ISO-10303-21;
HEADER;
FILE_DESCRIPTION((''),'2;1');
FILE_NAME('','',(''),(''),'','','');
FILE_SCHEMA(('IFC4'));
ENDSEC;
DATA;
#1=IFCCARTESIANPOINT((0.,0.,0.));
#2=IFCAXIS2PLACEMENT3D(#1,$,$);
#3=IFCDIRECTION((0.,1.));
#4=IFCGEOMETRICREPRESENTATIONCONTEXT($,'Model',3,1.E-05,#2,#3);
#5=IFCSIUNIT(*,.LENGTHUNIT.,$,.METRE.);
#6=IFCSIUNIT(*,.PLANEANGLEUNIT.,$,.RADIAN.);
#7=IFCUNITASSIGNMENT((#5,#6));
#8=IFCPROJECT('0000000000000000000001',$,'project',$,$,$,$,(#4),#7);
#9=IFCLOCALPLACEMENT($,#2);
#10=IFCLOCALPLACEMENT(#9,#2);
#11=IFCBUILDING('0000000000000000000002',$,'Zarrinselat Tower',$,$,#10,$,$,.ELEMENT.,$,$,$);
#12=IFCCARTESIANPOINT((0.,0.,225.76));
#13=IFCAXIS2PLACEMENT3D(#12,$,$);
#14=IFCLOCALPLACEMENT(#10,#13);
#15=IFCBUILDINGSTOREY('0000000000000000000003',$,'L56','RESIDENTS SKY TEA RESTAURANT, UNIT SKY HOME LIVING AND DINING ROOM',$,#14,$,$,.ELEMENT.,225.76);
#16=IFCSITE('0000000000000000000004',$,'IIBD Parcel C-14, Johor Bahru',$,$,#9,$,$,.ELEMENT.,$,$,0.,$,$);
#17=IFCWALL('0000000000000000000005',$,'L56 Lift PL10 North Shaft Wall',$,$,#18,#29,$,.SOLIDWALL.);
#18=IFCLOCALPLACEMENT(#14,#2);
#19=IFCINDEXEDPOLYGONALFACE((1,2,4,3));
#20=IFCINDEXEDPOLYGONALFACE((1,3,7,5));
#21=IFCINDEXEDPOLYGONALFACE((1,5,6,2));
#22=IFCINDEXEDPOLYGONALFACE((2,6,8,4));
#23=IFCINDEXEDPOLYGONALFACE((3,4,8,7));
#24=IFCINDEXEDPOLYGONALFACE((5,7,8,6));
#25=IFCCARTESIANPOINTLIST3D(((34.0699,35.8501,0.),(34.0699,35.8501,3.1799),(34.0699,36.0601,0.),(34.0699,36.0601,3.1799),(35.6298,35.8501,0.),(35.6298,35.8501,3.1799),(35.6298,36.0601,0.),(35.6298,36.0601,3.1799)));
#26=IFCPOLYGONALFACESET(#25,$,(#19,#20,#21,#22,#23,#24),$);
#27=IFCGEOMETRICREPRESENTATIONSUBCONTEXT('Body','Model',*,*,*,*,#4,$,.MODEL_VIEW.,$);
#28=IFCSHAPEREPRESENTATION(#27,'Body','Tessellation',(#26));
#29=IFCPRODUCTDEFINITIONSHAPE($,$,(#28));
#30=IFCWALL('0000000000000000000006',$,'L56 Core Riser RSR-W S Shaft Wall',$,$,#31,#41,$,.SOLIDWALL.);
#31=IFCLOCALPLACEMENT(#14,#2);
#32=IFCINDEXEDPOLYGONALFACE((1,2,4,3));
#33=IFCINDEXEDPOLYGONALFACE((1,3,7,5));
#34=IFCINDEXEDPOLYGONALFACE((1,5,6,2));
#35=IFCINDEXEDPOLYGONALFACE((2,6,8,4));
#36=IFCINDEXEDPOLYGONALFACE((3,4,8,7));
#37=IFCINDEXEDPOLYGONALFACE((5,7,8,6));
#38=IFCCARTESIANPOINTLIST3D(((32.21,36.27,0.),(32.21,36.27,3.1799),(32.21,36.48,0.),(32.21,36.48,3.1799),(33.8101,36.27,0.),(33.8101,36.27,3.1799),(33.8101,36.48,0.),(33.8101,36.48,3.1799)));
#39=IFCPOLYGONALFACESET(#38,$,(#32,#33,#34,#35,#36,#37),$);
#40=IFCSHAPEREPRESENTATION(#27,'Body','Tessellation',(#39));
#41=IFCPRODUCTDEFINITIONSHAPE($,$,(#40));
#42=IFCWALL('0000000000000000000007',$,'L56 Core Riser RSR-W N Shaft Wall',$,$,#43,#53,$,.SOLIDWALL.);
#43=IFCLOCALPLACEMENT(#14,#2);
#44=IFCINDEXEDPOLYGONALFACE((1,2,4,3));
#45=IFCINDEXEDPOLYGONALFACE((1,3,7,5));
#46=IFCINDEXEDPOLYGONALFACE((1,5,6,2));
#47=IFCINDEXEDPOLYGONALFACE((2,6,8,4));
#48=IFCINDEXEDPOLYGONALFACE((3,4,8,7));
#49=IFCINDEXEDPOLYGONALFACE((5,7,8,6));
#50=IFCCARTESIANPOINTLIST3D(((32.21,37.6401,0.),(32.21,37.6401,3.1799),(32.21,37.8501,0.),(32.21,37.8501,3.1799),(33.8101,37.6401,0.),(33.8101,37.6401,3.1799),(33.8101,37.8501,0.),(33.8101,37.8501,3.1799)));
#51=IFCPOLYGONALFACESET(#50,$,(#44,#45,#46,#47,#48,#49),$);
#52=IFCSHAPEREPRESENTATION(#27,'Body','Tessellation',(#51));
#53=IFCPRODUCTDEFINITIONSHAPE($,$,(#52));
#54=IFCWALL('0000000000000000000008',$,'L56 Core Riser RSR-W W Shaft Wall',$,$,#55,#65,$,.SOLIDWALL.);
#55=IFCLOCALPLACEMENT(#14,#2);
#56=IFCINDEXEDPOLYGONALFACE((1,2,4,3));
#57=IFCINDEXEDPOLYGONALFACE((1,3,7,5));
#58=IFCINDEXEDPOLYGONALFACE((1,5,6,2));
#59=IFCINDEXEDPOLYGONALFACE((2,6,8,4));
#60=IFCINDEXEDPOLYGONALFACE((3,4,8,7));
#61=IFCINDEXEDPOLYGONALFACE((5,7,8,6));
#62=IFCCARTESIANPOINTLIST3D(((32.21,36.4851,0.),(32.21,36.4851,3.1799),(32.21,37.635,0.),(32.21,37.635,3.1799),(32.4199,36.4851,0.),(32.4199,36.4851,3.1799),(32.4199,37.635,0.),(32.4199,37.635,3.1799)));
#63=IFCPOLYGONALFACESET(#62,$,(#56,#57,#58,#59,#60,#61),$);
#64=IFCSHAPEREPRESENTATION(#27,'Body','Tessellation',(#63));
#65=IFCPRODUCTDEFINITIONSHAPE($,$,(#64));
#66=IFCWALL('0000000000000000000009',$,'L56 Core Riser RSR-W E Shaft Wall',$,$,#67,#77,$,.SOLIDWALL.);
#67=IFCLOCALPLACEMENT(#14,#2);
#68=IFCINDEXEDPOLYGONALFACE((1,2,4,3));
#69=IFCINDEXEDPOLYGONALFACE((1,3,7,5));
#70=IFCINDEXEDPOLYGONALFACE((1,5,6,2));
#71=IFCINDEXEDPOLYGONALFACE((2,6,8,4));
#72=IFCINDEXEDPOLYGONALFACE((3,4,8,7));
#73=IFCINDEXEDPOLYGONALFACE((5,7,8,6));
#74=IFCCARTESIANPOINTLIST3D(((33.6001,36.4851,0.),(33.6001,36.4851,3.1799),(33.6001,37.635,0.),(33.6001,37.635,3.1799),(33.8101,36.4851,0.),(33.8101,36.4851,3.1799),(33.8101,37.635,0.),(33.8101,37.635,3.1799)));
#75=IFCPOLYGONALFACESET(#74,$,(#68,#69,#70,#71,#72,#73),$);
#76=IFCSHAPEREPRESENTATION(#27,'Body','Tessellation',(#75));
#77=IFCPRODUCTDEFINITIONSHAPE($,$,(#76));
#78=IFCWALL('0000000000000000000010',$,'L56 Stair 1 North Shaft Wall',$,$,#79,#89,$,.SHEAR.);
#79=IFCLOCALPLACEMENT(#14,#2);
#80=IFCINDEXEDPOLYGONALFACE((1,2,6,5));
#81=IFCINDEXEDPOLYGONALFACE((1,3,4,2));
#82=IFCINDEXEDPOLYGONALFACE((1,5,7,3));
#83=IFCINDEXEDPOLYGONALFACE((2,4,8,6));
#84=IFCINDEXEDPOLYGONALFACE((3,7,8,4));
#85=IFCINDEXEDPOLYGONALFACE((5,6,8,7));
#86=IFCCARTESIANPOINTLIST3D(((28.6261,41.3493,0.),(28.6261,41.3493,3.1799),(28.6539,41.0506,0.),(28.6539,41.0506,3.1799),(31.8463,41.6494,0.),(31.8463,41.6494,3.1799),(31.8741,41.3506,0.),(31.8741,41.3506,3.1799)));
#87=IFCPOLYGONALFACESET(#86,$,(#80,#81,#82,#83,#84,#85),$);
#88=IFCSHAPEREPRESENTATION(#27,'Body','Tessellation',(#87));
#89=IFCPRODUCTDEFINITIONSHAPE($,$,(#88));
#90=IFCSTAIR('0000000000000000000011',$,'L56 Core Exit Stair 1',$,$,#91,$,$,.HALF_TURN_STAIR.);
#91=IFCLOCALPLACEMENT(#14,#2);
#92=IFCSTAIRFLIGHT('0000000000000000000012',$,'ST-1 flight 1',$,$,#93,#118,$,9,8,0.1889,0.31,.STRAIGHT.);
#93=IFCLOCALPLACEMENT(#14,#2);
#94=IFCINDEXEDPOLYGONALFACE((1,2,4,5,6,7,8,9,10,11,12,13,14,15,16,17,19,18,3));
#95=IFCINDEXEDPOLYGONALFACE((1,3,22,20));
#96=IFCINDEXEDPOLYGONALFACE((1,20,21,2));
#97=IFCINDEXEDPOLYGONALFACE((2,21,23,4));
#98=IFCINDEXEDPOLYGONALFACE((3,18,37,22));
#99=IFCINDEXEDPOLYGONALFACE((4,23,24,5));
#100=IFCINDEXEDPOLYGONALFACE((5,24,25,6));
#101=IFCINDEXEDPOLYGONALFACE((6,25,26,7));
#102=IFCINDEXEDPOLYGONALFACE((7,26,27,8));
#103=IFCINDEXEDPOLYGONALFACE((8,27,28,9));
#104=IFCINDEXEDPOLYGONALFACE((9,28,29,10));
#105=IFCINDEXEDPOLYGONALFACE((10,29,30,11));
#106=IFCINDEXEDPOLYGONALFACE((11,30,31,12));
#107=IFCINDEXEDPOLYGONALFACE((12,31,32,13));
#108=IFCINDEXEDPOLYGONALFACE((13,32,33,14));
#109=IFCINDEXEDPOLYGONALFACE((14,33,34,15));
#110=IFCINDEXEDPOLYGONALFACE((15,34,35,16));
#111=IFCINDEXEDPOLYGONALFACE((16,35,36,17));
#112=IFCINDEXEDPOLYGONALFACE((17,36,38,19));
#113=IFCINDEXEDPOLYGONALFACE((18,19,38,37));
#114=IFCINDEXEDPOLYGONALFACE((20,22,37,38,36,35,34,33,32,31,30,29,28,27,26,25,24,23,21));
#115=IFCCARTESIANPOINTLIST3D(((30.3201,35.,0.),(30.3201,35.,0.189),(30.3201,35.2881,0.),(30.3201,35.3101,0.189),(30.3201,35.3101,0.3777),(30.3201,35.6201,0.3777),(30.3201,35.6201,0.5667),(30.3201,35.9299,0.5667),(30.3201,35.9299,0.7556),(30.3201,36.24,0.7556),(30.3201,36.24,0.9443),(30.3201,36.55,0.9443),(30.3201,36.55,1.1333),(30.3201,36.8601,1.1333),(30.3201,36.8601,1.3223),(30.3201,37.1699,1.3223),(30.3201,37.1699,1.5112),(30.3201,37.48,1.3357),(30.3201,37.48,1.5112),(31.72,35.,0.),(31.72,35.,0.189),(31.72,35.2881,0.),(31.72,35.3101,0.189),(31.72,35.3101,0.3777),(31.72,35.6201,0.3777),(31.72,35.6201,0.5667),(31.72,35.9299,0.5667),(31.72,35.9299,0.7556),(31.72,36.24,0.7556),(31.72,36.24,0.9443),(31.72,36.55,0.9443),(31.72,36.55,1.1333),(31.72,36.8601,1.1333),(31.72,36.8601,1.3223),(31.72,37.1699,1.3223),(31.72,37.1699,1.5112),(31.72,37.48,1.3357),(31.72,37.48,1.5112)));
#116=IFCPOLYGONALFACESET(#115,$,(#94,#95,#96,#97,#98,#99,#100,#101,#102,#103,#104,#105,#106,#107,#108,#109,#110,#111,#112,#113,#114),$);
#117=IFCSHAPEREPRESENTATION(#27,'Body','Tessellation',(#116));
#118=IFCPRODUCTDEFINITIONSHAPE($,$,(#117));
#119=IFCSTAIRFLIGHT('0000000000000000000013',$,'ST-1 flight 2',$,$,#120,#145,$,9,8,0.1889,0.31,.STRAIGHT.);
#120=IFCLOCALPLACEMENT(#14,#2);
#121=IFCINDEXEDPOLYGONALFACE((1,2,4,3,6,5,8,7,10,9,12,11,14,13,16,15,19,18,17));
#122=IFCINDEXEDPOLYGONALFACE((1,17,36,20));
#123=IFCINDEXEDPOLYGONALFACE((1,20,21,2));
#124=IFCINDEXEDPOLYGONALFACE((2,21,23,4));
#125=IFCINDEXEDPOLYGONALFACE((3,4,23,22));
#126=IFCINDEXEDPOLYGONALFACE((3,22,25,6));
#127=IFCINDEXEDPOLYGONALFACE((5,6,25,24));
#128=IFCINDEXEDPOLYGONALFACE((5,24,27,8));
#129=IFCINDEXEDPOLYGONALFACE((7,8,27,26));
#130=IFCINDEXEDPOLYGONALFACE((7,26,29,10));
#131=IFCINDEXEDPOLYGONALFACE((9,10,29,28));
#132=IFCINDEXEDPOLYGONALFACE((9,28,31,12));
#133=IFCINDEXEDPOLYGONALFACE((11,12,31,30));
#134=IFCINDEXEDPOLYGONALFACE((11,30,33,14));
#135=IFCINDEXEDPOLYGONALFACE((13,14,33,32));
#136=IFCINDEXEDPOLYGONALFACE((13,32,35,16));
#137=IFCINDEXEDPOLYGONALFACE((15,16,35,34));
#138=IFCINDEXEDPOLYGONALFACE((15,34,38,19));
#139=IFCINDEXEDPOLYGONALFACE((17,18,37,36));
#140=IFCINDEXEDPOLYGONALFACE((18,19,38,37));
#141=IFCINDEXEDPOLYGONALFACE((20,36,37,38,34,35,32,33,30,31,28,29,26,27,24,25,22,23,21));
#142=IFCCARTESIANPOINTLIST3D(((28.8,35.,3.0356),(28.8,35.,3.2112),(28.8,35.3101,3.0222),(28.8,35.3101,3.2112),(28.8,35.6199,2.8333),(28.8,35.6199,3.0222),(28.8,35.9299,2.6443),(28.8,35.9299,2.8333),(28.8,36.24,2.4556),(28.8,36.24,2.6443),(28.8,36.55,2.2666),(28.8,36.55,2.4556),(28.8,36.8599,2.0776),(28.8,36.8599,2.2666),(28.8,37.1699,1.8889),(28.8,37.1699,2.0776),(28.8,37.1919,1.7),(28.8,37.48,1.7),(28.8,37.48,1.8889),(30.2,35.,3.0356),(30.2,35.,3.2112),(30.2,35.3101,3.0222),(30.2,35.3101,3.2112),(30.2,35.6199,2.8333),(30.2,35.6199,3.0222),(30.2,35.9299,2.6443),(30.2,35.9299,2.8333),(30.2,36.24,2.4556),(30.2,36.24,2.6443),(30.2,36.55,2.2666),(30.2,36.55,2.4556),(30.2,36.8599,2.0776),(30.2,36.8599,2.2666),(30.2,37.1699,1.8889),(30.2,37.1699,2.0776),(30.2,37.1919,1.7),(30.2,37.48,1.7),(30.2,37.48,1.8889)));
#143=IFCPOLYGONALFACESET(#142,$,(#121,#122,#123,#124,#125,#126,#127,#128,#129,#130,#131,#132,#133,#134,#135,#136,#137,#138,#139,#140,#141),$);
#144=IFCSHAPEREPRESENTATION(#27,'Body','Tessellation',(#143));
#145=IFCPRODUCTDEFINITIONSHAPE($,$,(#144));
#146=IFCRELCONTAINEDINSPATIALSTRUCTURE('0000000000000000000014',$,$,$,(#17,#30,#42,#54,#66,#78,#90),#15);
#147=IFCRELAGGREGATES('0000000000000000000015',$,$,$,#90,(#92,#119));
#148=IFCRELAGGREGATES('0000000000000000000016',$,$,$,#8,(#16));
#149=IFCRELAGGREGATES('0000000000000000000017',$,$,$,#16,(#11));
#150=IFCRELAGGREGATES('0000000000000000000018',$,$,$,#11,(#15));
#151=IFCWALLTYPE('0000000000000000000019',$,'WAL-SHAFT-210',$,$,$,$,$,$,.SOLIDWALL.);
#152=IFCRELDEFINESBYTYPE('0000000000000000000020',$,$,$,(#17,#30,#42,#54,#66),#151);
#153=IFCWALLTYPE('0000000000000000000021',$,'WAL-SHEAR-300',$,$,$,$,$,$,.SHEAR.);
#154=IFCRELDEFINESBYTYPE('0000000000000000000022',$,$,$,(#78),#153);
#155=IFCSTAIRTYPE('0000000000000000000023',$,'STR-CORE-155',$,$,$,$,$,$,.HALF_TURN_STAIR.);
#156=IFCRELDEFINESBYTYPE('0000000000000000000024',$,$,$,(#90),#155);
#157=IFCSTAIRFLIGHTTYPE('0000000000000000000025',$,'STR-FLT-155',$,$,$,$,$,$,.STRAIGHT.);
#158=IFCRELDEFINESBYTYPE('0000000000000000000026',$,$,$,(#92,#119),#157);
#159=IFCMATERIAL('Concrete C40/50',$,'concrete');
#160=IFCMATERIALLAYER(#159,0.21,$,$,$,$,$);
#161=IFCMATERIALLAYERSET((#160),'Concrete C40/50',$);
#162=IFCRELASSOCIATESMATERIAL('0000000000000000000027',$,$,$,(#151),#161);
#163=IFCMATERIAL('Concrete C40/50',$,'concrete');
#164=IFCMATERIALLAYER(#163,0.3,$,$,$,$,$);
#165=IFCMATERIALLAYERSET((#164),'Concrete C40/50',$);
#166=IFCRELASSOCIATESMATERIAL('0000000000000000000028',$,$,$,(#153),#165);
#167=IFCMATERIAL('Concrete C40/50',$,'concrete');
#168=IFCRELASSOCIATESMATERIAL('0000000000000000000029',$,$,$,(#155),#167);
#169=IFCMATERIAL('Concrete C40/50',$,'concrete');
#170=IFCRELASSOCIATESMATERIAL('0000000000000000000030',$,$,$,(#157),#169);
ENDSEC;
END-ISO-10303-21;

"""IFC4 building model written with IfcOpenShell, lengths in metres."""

from ifc_helpers import new_model, si_unit, direction, frame, frame_2d, origin, place, context, subcontext, project, spatial, polyline, rectangle, outline, extrude, material, layer, layer_set, type_object, element, aggregate, save


model = new_model("IFC4")

# Units and contexts
model_context = context("Model", 3, precision=1e-05, world=origin(), true_north=direction((0.0, 1.0)))
body_context = subcontext(model_context, "Body", "Model", "MODEL_VIEW")
ifc_project = project(units=[si_unit("LENGTHUNIT", "METRE"), si_unit("PLANEANGLEUNIT", "RADIAN")], contexts=[model_context])

# Site, building, storey
site_placement = place(None, origin())
site = spatial("IfcSite", under=ifc_project, at=site_placement, Name="IIBD Parcel C-14, Johor Bahru", CompositionType="ELEMENT", RefElevation=0.0)
building_placement = place(site_placement, origin())
building = spatial("IfcBuilding", under=site, at=building_placement, Name="Zarrinselat Tower", CompositionType="ELEMENT")
storey_placement = place(building_placement, frame((0.0, 0.0, 225.76)))
storey = spatial("IfcBuildingStorey", under=building, at=storey_placement, Name="L56", Description="RESIDENTS SKY TEA RESTAURANT, UNIT SKY HOME LIVING AND DINING ROOM", CompositionType="ELEMENT", Elevation=225.76)

# Walls
ifc_material_1 = material(Name="Concrete C40/50", Category="concrete")
ifc_layer_1 = layer(ifc_material_1, 0.21)
ifc_layer_set_1 = layer_set([ifc_layer_1], Name="Concrete C40/50")
wall_type_1 = type_object("IfcWallType", Name="WAL-SHAFT-210", PredefinedType="SOLIDWALL", material=ifc_layer_set_1)
wall_1_placement = place(storey_placement, frame((34.0701, 35.9551, 0.0), z_axis=(0.0, 0.0, 1.0), x_axis=(1.0, 0.0, 0.0)))
element("IfcWall", 1, at=wall_1_placement, inside=storey, type_object=wall_type_1, Name="L56 Lift PL10 North Shaft Wall", PredefinedType="SOLIDWALL", context=body_context, shape_type="SweptSolid", body=[
    extrude(rectangle(XDim=1.5598, YDim=0.21, at=frame_2d((0.7798, 0.0))), origin(), (0.0, 0.0, 1.0), 3.1799),
])
for number, where, z_axis, x_axis, name in (
    (2, (32.21, 36.375, 0.0), (0.0, 0.0, 1.0), (1.0, 0.0, 0.0), "L56 Core Riser RSR-W S Shaft Wall"),
    (3, (32.21, 37.7451, 0.0), (0.0, 0.0, 1.0), (1.0, 0.0, 0.0), "L56 Core Riser RSR-W N Shaft Wall"),
):
    element("IfcWall", number, at=place(storey_placement, frame(where, z_axis=z_axis, x_axis=x_axis)), inside=storey, type_object=wall_type_1, Name=name, PredefinedType="SOLIDWALL", context=body_context, shape_type="SweptSolid", body=[
        extrude(rectangle(XDim=1.6001, YDim=0.21, at=frame_2d((0.8, 0.0))), origin(), (0.0, 0.0, 1.0), 3.1799),
    ])
for number, where, z_axis, x_axis, name in (
    (4, (32.3149, 36.4851, 0.0), (0.0, 0.0, 1.0), (0.0, 1.0, 0.0), "L56 Core Riser RSR-W W Shaft Wall"),
    (5, (33.7051, 36.4851, 0.0), (0.0, 0.0, 1.0), (0.0, 1.0, 0.0), "L56 Core Riser RSR-W E Shaft Wall"),
):
    element("IfcWall", number, at=place(storey_placement, frame(where, z_axis=z_axis, x_axis=x_axis)), inside=storey, type_object=wall_type_1, Name=name, PredefinedType="SOLIDWALL", context=body_context, shape_type="SweptSolid", body=[
        extrude(rectangle(XDim=1.1499, YDim=0.21, at=frame_2d((0.575, 0.0))), origin(), (0.0, 0.0, 1.0), 3.1799),
    ])
ifc_material_2 = material(Name="Concrete C40/50", Category="concrete")
ifc_layer_2 = layer(ifc_material_2, 0.3)
ifc_layer_set_2 = layer_set([ifc_layer_2], Name="Concrete C40/50")
wall_type_2 = type_object("IfcWallType", Name="WAL-SHEAR-300", PredefinedType="SHEAR", material=ifc_layer_set_2)
wall_2_placement = place(storey_placement, frame((28.6399, 41.2, 0.0), z_axis=(0.0, 0.0, 1.0), x_axis=(0.995687, 0.092775, 0.0)))
element("IfcWall", 6, at=wall_2_placement, inside=storey, type_object=wall_type_2, Name="L56 Stair 1 North Shaft Wall", PredefinedType="SHEAR", context=body_context, shape_type="SweptSolid", body=[
    extrude(rectangle(XDim=3.2341, YDim=0.3, at=frame_2d((1.6172, 0.0))), origin(), (0.0, 0.0, 1.0), 3.1799),
])

# Stair, stair flights
ifc_material_3 = material(Name="Concrete C40/50", Category="concrete")
stair_type = type_object("IfcStairType", Name="STR-CORE-155", PredefinedType="HALF_TURN_STAIR", material=ifc_material_3)
stair_placement = place(storey_placement, origin())
stair = element("IfcStair", 7, at=stair_placement, inside=storey, type_object=stair_type, Name="L56 Core Exit Stair 1", PredefinedType="HALF_TURN_STAIR")
ifc_material_4 = material(Name="Concrete C40/50", Category="concrete")
stair_flight_type = type_object("IfcStairFlightType", Name="STR-FLT-155", PredefinedType="STRAIGHT", material=ifc_material_4)
stair_flight_1_placement = place(storey_placement, frame((31.02, 35.0, 0.0), z_axis=(0.0, 0.0, 1.0), x_axis=(0.0, 1.0, 0.0)))
stair_flight_1 = element("IfcStairFlight", 8, at=stair_flight_1_placement, type_object=stair_flight_type, Name="ST-1 flight 1", NumberOfRisers=9, NumberOfTreads=8, PredefinedType="STRAIGHT", RiserHeight=0.1889, TreadLength=0.31, context=body_context, shape_type="SweptSolid", body=[
    extrude(outline(polyline([(0.0, 0.0), (0.0, 0.189), (0.3101, 0.189), (0.3101, 0.3777), (0.6201, 0.3777), (0.6201, 0.5667), (0.9299, 0.5667), (0.9299, 0.7556), (1.24, 0.7556), (1.24, 0.9443), (1.55, 0.9443), (1.55, 1.1333), (1.8601, 1.1333), (1.8601, 1.3223), (2.1699, 1.3223), (2.1699, 1.5112), (2.48, 1.5112), (2.48, 1.7), (2.48, 1.3357), (0.2881, 0.0), (0.0, 0.0)])), frame((0.0, 0.7, 0.0), z_axis=(0.0, -1.0, 0.0), x_axis=(1.0, 0.0, 0.0)), (0.0, 0.0, 1.0), 1.3999),
])
stair_flight_2_placement = place(storey_placement, frame((29.5, 37.48, 1.7), z_axis=(0.0, 0.0, 1.0), x_axis=(0.0, -1.0, 0.0)))
stair_flight_2 = element("IfcStairFlight", 9, at=stair_flight_2_placement, type_object=stair_flight_type, Name="ST-1 flight 2", NumberOfRisers=9, NumberOfTreads=8, PredefinedType="STRAIGHT", RiserHeight=0.1889, TreadLength=0.31, context=body_context, shape_type="SweptSolid", body=[
    extrude(outline(polyline([(0.0, 0.0), (0.0, 0.189), (0.3101, 0.189), (0.3101, 0.3777), (0.6201, 0.3777), (0.6201, 0.5667), (0.9299, 0.5667), (0.9299, 0.7556), (1.24, 0.7556), (1.24, 0.9443), (1.55, 0.9443), (1.55, 1.1333), (1.8601, 1.1333), (1.8601, 1.3223), (2.1699, 1.3223), (2.1699, 1.5112), (2.48, 1.5112), (2.48, 1.7), (2.48, 1.3357), (0.2881, 0.0), (0.0, 0.0)])), frame((0.0, 0.7, 0.0), z_axis=(0.0, -1.0, 0.0), x_axis=(1.0, 0.0, 0.0)), (0.0, 0.0, 1.0), 1.3999),
])
aggregate(stair, [stair_flight_1, stair_flight_2])

save(model, "model.ifc")
